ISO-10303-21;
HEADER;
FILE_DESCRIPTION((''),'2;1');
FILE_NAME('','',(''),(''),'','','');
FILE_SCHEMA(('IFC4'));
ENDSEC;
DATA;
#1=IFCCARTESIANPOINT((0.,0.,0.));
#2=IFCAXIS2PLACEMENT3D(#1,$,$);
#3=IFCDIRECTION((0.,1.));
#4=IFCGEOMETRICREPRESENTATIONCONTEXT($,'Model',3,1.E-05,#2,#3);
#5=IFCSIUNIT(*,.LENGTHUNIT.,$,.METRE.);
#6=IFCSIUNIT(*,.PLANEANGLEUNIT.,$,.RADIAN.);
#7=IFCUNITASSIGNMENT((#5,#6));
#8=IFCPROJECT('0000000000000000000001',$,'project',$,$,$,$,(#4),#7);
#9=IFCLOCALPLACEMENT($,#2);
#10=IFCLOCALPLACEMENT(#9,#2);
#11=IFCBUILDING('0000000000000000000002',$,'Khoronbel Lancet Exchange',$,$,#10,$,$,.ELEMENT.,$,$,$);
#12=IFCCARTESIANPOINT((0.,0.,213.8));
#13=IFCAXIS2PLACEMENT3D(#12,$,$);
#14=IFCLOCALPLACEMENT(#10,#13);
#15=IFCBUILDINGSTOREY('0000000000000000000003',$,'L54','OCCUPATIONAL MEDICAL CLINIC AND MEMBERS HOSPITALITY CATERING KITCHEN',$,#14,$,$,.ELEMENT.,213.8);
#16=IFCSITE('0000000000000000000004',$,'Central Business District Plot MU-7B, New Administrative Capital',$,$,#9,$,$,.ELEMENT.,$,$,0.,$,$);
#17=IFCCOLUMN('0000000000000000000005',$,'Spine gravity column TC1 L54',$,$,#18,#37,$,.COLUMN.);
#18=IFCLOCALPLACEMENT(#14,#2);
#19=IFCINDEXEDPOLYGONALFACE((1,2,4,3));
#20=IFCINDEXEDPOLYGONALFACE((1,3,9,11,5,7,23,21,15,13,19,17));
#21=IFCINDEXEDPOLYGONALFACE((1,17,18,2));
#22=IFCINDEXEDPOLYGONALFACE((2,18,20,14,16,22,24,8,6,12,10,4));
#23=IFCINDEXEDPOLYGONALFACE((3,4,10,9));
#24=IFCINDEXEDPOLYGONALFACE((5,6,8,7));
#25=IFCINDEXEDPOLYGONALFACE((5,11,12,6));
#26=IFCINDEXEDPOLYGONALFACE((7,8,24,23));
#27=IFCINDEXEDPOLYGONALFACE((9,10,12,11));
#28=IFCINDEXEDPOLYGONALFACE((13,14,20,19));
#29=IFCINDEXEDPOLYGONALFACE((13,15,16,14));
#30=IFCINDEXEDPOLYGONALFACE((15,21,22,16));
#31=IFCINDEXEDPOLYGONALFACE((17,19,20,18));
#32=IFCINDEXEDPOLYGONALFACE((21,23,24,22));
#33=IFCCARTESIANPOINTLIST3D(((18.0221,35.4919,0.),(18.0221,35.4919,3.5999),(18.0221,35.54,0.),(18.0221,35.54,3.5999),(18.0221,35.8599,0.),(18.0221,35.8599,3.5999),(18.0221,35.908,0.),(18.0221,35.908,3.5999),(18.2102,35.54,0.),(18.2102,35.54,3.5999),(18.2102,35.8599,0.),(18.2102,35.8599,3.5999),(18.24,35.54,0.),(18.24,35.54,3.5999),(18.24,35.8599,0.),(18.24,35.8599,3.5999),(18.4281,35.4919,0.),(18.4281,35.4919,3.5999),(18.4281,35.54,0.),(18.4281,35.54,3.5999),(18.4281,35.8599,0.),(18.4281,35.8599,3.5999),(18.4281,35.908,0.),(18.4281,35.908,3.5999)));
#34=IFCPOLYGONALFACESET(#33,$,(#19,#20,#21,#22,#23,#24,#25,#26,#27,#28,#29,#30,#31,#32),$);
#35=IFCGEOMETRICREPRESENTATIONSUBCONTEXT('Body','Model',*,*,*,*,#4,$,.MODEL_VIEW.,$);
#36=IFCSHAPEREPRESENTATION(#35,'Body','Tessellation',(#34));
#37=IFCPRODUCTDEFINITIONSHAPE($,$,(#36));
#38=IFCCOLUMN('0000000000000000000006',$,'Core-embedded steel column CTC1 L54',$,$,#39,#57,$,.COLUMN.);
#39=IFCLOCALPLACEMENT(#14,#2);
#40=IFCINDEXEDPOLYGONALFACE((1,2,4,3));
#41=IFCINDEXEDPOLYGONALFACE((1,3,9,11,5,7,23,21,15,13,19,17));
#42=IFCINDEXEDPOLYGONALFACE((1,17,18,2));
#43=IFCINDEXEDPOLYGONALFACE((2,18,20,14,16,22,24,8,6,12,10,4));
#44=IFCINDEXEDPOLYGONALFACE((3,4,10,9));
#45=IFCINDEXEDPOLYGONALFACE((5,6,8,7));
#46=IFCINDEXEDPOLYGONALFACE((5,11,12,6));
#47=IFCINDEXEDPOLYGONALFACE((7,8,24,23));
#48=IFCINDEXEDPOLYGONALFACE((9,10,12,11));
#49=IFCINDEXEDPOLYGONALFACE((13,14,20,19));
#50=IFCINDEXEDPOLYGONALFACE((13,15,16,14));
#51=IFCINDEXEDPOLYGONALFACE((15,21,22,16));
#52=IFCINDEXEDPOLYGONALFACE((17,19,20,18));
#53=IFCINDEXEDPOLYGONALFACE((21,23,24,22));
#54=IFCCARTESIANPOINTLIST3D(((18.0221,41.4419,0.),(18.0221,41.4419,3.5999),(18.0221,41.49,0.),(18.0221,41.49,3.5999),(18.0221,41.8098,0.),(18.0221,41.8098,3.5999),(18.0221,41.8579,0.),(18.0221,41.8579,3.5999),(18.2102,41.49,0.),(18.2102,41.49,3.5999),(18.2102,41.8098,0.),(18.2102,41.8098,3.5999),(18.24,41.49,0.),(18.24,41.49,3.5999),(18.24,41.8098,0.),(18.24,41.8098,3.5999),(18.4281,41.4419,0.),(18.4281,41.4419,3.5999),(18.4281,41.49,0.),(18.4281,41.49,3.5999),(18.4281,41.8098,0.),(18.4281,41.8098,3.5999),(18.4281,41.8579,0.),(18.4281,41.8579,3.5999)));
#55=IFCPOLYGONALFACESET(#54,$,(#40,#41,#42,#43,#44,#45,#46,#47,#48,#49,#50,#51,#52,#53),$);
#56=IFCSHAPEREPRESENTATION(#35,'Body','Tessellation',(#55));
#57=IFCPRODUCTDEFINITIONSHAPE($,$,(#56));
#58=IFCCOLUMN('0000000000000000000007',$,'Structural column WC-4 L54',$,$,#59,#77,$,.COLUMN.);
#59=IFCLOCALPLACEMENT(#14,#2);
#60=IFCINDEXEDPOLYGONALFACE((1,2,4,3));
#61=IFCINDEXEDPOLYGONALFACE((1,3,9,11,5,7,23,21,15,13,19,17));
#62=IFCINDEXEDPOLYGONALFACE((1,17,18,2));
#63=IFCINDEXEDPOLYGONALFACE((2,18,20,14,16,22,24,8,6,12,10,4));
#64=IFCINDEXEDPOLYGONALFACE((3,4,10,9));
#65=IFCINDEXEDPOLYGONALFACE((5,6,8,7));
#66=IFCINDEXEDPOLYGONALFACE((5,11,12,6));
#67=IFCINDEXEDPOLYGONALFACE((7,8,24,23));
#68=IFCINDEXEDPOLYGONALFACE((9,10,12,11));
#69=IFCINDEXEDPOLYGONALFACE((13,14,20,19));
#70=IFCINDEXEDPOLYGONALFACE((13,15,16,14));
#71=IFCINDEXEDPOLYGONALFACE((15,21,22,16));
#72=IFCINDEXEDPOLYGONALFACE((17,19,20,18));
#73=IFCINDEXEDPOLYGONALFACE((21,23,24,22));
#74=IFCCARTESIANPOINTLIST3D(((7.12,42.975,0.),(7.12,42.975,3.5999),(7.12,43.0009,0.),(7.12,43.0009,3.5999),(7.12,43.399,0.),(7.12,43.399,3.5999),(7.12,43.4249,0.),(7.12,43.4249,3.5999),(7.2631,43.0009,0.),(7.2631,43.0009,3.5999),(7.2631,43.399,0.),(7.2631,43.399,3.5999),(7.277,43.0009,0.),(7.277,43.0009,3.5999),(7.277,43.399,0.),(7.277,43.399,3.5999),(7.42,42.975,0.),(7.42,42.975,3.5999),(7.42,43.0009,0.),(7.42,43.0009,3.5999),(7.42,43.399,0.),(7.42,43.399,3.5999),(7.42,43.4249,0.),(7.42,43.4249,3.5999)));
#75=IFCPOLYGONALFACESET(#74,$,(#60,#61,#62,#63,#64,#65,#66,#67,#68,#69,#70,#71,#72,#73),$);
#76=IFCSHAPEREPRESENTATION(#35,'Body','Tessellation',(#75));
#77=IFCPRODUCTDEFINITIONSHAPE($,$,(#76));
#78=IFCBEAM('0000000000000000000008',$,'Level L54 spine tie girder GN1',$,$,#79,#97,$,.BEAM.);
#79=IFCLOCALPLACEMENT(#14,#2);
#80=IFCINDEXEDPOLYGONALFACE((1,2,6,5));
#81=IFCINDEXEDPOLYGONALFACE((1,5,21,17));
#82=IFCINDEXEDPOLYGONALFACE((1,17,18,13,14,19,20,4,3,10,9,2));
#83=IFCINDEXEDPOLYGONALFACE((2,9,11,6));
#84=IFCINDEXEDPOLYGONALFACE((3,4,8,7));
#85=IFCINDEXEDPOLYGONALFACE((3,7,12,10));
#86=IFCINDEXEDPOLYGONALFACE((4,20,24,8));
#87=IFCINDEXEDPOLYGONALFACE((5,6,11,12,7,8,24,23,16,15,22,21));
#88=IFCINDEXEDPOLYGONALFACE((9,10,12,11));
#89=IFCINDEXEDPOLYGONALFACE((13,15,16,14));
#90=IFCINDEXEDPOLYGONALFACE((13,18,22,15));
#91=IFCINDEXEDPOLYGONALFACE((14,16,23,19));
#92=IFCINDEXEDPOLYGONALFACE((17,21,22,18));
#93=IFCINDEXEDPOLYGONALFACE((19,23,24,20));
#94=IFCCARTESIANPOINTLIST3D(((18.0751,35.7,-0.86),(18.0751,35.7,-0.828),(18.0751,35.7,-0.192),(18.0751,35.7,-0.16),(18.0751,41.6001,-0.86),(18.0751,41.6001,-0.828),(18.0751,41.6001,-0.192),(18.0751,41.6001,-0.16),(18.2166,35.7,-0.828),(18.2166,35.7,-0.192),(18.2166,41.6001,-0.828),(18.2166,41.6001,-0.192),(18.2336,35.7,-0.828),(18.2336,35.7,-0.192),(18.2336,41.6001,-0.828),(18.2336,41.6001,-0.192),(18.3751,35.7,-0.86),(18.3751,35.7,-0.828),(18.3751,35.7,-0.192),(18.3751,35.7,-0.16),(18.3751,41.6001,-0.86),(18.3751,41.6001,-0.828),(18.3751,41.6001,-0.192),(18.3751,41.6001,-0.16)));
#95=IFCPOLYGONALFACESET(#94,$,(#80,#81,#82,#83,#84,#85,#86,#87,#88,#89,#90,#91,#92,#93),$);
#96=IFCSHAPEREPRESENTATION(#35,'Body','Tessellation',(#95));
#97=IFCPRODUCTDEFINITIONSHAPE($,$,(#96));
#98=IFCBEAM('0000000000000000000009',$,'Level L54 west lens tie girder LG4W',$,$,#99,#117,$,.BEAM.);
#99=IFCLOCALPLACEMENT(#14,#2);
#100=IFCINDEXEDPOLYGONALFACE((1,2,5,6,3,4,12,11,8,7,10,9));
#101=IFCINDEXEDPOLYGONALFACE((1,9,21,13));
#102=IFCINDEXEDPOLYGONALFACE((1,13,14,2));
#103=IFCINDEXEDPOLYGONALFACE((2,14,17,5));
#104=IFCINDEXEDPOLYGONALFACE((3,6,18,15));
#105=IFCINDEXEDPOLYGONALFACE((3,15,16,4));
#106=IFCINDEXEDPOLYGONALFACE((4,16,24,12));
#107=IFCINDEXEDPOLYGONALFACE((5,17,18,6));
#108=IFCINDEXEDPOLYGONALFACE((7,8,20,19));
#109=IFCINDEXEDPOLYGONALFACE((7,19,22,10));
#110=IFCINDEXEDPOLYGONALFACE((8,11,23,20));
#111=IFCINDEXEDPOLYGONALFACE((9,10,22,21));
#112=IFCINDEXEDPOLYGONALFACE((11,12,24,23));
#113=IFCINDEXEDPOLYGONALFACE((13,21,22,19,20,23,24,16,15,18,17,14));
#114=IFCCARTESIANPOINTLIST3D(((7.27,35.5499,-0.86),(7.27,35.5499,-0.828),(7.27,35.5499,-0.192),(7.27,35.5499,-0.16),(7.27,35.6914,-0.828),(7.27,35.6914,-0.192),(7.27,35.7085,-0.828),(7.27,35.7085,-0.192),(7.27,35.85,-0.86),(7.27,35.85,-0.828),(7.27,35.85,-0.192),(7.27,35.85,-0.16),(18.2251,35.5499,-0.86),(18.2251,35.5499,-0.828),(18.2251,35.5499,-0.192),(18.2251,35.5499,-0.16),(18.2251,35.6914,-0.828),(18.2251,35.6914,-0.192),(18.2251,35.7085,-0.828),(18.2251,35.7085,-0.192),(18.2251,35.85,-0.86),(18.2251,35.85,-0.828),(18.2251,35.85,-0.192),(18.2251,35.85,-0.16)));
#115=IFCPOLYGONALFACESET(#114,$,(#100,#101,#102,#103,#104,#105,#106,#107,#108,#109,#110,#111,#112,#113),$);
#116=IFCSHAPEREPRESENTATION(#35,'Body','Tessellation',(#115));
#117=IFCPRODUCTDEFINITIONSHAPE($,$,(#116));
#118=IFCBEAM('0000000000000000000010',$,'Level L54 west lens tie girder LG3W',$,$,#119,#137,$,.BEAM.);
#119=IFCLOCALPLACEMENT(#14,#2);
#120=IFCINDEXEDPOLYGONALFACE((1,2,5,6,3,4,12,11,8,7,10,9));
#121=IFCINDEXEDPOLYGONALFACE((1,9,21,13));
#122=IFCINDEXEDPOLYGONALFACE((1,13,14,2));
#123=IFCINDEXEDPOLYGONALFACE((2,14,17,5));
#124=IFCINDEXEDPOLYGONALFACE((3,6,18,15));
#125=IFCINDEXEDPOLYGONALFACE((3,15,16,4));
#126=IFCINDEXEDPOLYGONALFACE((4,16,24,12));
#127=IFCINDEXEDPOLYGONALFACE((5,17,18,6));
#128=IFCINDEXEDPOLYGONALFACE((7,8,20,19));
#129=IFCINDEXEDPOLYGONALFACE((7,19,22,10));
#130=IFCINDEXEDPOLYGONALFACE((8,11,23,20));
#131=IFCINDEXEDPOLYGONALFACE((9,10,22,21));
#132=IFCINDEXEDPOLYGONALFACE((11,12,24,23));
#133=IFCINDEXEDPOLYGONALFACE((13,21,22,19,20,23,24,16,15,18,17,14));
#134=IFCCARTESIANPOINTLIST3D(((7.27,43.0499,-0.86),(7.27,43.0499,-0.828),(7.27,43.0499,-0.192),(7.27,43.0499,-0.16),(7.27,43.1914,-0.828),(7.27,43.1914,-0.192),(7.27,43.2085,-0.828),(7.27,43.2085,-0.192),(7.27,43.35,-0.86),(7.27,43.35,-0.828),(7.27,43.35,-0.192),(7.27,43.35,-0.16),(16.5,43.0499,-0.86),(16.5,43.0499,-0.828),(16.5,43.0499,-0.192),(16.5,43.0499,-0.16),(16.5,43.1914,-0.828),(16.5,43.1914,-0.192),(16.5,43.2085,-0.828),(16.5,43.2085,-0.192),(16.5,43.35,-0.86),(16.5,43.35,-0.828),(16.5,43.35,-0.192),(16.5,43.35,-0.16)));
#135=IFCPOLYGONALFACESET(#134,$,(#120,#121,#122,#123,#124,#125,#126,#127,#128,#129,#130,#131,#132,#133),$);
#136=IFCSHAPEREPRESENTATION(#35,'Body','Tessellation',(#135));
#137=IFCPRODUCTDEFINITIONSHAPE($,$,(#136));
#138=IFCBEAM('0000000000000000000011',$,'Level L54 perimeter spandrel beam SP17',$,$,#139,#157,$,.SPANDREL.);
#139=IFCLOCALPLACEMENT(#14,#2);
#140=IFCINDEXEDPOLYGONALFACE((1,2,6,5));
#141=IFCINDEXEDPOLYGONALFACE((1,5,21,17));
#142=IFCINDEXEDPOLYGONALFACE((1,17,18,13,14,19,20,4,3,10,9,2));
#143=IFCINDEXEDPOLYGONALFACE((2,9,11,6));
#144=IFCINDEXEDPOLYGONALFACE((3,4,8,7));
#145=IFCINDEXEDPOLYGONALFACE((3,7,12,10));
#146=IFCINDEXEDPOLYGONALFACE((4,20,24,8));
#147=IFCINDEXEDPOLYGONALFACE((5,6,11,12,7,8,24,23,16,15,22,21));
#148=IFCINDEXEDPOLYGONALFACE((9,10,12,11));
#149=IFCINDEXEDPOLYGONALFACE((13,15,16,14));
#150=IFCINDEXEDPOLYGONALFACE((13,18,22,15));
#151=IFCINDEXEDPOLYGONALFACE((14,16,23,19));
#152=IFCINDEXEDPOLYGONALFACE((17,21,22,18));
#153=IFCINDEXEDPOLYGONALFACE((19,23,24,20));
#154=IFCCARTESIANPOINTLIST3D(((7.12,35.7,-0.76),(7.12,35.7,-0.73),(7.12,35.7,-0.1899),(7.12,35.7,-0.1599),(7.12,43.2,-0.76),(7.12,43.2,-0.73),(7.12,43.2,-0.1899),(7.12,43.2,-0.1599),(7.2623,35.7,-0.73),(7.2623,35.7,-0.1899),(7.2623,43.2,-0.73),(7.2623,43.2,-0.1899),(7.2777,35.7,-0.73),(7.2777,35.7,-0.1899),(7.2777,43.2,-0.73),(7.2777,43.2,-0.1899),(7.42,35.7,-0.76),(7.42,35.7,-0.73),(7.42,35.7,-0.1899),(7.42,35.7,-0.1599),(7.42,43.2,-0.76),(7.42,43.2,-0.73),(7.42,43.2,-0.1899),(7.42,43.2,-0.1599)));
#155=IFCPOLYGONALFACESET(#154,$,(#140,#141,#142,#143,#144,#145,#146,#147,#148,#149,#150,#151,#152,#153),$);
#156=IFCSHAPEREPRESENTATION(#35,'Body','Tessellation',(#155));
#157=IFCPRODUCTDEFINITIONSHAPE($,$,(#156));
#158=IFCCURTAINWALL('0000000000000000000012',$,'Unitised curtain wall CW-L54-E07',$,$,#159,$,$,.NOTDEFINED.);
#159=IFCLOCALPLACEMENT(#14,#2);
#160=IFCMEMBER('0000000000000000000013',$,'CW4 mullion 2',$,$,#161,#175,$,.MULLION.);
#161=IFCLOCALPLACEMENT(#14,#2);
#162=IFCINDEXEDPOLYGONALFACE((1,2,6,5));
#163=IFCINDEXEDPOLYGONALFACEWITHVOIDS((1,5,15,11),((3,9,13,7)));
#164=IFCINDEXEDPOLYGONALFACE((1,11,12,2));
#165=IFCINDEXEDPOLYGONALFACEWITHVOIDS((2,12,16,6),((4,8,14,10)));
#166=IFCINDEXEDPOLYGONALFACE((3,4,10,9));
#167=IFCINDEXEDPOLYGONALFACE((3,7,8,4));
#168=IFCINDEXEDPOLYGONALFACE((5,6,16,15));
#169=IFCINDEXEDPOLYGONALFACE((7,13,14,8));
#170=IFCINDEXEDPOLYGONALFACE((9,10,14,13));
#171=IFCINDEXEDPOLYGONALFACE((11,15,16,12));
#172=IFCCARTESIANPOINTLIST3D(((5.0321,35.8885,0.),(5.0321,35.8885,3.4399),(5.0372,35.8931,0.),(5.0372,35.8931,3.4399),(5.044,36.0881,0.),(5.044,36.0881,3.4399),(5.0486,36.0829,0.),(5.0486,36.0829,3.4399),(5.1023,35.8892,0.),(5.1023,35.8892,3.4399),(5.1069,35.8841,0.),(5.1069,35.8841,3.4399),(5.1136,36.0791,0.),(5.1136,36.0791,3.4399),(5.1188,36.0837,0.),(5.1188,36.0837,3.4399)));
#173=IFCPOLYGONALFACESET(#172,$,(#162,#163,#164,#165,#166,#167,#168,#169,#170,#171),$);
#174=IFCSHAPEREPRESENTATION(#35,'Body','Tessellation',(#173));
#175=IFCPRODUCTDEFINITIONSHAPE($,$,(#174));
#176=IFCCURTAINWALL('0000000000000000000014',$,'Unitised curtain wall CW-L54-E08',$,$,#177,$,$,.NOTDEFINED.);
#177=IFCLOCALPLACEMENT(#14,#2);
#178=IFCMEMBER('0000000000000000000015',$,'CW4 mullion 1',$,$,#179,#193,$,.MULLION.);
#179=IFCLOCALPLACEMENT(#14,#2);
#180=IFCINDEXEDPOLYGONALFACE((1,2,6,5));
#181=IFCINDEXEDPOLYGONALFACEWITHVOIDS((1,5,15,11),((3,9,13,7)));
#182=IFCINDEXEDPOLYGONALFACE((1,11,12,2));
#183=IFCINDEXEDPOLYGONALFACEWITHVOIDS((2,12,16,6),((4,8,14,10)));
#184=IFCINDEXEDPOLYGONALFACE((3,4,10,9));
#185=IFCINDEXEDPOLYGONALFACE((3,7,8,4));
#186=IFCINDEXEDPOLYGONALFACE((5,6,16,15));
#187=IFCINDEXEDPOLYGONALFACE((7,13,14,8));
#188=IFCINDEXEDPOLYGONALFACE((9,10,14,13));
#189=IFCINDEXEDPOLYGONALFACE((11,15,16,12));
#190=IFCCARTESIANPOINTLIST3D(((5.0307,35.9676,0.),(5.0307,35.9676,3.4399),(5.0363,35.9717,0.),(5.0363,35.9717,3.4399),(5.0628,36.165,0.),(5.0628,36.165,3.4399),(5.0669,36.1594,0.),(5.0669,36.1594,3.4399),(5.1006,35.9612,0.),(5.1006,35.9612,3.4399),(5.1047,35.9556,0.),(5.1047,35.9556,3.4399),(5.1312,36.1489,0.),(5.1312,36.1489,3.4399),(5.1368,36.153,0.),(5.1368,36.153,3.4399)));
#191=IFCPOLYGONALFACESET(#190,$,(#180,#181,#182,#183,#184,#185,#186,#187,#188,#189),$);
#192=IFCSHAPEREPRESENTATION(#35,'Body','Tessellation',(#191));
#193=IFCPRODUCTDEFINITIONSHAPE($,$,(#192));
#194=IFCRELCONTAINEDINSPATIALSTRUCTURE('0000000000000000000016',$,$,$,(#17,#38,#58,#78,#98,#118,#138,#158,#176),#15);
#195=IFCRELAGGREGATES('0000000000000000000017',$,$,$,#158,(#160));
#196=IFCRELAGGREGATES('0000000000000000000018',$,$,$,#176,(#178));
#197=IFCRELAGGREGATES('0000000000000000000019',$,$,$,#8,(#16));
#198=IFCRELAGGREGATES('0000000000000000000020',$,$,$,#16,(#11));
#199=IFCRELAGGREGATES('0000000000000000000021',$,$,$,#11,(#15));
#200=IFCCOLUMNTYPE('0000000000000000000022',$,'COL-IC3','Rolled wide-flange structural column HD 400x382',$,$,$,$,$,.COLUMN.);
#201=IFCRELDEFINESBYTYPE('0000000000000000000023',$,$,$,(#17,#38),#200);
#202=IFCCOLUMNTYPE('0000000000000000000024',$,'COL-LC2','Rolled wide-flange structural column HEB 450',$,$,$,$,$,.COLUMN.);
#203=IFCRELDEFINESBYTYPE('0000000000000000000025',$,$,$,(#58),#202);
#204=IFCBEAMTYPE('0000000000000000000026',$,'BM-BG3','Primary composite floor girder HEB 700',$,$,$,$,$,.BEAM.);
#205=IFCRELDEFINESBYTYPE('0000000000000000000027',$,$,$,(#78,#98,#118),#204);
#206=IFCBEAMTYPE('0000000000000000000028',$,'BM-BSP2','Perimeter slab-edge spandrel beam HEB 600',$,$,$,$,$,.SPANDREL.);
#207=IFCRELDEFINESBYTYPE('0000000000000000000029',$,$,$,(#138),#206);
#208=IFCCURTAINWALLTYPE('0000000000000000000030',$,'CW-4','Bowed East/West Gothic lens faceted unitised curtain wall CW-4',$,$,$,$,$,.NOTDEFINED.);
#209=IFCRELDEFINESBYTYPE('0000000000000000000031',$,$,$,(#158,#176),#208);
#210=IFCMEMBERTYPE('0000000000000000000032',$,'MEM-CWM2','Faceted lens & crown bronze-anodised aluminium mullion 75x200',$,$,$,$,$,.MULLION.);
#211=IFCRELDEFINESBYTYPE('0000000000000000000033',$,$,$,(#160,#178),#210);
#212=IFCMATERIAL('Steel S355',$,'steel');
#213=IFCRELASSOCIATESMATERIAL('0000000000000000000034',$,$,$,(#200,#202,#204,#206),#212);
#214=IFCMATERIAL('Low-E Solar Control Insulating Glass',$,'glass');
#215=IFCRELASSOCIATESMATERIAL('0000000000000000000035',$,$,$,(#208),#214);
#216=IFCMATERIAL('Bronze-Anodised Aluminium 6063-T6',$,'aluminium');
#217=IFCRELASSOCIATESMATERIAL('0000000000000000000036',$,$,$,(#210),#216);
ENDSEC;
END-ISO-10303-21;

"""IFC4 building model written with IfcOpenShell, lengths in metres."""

from ifc_helpers import new_model, si_unit, direction, frame, origin, origin_2d, place, context, subcontext, project, spatial, hollow_rectangle, i_section, extrude, material, material_profile, profile_set, type_object, element, aggregate, save


model = new_model("IFC4")

# Units and contexts
model_context = context("Model", 3, precision=1e-05, world=origin(), true_north=direction((0.0, 1.0)))
body_context = subcontext(model_context, "Body", "Model", "MODEL_VIEW")
ifc_project = project(units=[si_unit("LENGTHUNIT", "METRE"), si_unit("PLANEANGLEUNIT", "RADIAN")], contexts=[model_context])

# Site, building, storey
site_placement = place(None, origin())
site = spatial("IfcSite", under=ifc_project, at=site_placement, Name="Central Business District Plot MU-7B, New Administrative Capital", CompositionType="ELEMENT", RefElevation=0.0)
building_placement = place(site_placement, origin())
building = spatial("IfcBuilding", under=site, at=building_placement, Name="Khoronbel Lancet Exchange", CompositionType="ELEMENT")
storey_placement = place(building_placement, frame((0.0, 0.0, 213.8)))
storey = spatial("IfcBuildingStorey", under=building, at=storey_placement, Name="L54", Description="OCCUPATIONAL MEDICAL CLINIC AND MEMBERS HOSPITALITY CATERING KITCHEN", CompositionType="ELEMENT", Elevation=213.8)

# Columns
ifc_material_1 = material(Name="Steel S355", Category="steel")
ifc_material_profile_1 = material_profile(ifc_material_1, i_section(OverallWidth=0.406, OverallDepth=0.416, WebThickness=0.0298, FlangeThickness=0.0481, at=origin_2d()), Name="HD 400x382")
ifc_profile_set_1 = profile_set([ifc_material_profile_1], Name="Steel S355")
column_type_1 = type_object("IfcColumnType", Name="COL-IC3", Description="Rolled wide-flange structural column HD 400x382", PredefinedType="COLUMN", material=ifc_profile_set_1)
for number, where, z_axis, x_axis, name in (
    (1, (18.2251, 35.7, 0.0), (0.0, 0.0, 1.0), (1.0, 0.0, 0.0), "Spine gravity column TC1 L54"),
    (2, (18.2251, 41.6499, 0.0), (0.0, 0.0, 1.0), (1.0, 0.0, 0.0), "Core-embedded steel column CTC1 L54"),
):
    element("IfcColumn", number, at=place(storey_placement, frame(where, z_axis=z_axis, x_axis=x_axis)), inside=storey, type_object=column_type_1, Name=name, PredefinedType="COLUMN", context=body_context, shape_type="SweptSolid", body=[
        extrude(i_section(OverallWidth=0.406, OverallDepth=0.416, WebThickness=0.0298, FlangeThickness=0.0481, at=origin_2d()), origin(), (0.0, 0.0, 1.0), 3.5999),
    ])
ifc_material_profile_2 = material_profile(ifc_material_1, i_section(OverallWidth=0.3, OverallDepth=0.45, WebThickness=0.0139, FlangeThickness=0.0259, at=origin_2d()), Name="HEB 450")
ifc_profile_set_2 = profile_set([ifc_material_profile_2], Name="Steel S355")
column_type_2 = type_object("IfcColumnType", Name="COL-LC2", Description="Rolled wide-flange structural column HEB 450", PredefinedType="COLUMN", material=ifc_profile_set_2)
column_placement = place(storey_placement, frame((7.27, 43.2, 0.0), z_axis=(0.0, 0.0, 1.0), x_axis=(1.0, 0.0, 0.0)))
element("IfcColumn", 3, at=column_placement, inside=storey, type_object=column_type_2, Name="Structural column WC-4 L54", PredefinedType="COLUMN", context=body_context, shape_type="SweptSolid", body=[
    extrude(i_section(OverallWidth=0.3, OverallDepth=0.45, WebThickness=0.0139, FlangeThickness=0.0259, at=origin_2d()), origin(), (0.0, 0.0, 1.0), 3.5999),
])

# Beams
ifc_material_profile_3 = material_profile(ifc_material_1, i_section(OverallWidth=0.3, OverallDepth=0.7, WebThickness=0.0171, FlangeThickness=0.032, at=origin_2d()), Name="HEB 700")
ifc_profile_set_3 = profile_set([ifc_material_profile_3], Name="Steel S355")
beam_type_1 = type_object("IfcBeamType", Name="BM-BG3", Description="Primary composite floor girder HEB 700", PredefinedType="BEAM", material=ifc_profile_set_3)
beam_1_placement = place(storey_placement, frame((18.2251, 35.7, -0.51), z_axis=(0.0, 1.0, 0.0), x_axis=(-1.0, 0.0, 0.0)))
element("IfcBeam", 4, at=beam_1_placement, inside=storey, type_object=beam_type_1, Name="Level L54 spine tie girder GN1", PredefinedType="BEAM", context=body_context, shape_type="SweptSolid", body=[
    extrude(i_section(OverallWidth=0.3, OverallDepth=0.7, WebThickness=0.0171, FlangeThickness=0.032, at=origin_2d()), origin(), (0.0, 0.0, 1.0), 5.9001),
])
beam_2_placement = place(storey_placement, frame((7.27, 35.7, -0.51), z_axis=(1.0, 0.0, 0.0), x_axis=(0.0, 1.0, 0.0)))
element("IfcBeam", 5, at=beam_2_placement, inside=storey, type_object=beam_type_1, Name="Level L54 west lens tie girder LG4W", PredefinedType="BEAM", context=body_context, shape_type="SweptSolid", body=[
    extrude(i_section(OverallWidth=0.3, OverallDepth=0.7, WebThickness=0.0171, FlangeThickness=0.032, at=origin_2d()), origin(), (0.0, 0.0, 1.0), 10.9551),
])
beam_3_placement = place(storey_placement, frame((7.27, 43.2, -0.51), z_axis=(1.0, 0.0, 0.0), x_axis=(0.0, 1.0, 0.0)))
element("IfcBeam", 6, at=beam_3_placement, inside=storey, type_object=beam_type_1, Name="Level L54 west lens tie girder LG3W", PredefinedType="BEAM", context=body_context, shape_type="SweptSolid", body=[
    extrude(i_section(OverallWidth=0.3, OverallDepth=0.7, WebThickness=0.0171, FlangeThickness=0.032, at=origin_2d()), origin(), (0.0, 0.0, 1.0), 9.23),
])
ifc_material_profile_4 = material_profile(ifc_material_1, i_section(OverallWidth=0.3, OverallDepth=0.6001, WebThickness=0.0154, FlangeThickness=0.03, at=origin_2d()), Name="HEB 600")
ifc_profile_set_4 = profile_set([ifc_material_profile_4], Name="Steel S355")
beam_type_2 = type_object("IfcBeamType", Name="BM-BSP2", Description="Perimeter slab-edge spandrel beam HEB 600", PredefinedType="SPANDREL", material=ifc_profile_set_4)
beam_4_placement = place(storey_placement, frame((7.27, 43.2, -0.46), z_axis=(0.0, -1.0, 0.0), x_axis=(1.0, 0.0, 0.0)))
element("IfcBeam", 7, at=beam_4_placement, inside=storey, type_object=beam_type_2, Name="Level L54 perimeter spandrel beam SP17", PredefinedType="SPANDREL", context=body_context, shape_type="SweptSolid", body=[
    extrude(i_section(OverallWidth=0.3, OverallDepth=0.6001, WebThickness=0.0154, FlangeThickness=0.03, at=origin_2d()), origin(), (0.0, 0.0, 1.0), 7.5),
])

# Curtain wall, member
ifc_material_2 = material(Name="Low-E Solar Control Insulating Glass", Category="glass")
curtain_wall_type = type_object("IfcCurtainWallType", Name="CW-4", Description="Bowed East/West Gothic lens faceted unitised curtain wall CW-4", PredefinedType="NOTDEFINED", material=ifc_material_2)
curtain_wall_1_placement = place(storey_placement, origin())
curtain_wall_1 = element("IfcCurtainWall", 8, at=curtain_wall_1_placement, inside=storey, type_object=curtain_wall_type, Name="Unitised curtain wall CW-L54-E07", PredefinedType="NOTDEFINED")
ifc_material_3 = material(Name="Bronze-Anodised Aluminium 6063-T6", Category="aluminium")
ifc_material_profile_5 = material_profile(ifc_material_3, hollow_rectangle(XDim=0.075, YDim=0.2, WallThickness=0.0049, at=origin_2d()), Name="ALU MULLION 75x200")
ifc_profile_set_5 = profile_set([ifc_material_profile_5], Name="Bronze-Anodised Aluminium 6063-T6")
member_type_1 = type_object("IfcMemberType", Name="MEM-CWM2", Description="Faceted lens & crown bronze-anodised aluminium mullion 75x200", PredefinedType="MULLION", material=ifc_profile_set_5)
member_1_placement = place(storey_placement, frame((5.0754, 35.9861, 0.0), z_axis=(0.0, 0.0, 1.0), x_axis=(-0.99823, 0.059479, 0.0)))
member_1 = element("IfcMember", 9, at=member_1_placement, type_object=member_type_1, Name="CW4 mullion 2", PredefinedType="MULLION", context=body_context, shape_type="SweptSolid", body=[
    extrude(hollow_rectangle(XDim=0.075, YDim=0.2, WallThickness=0.0049, at=origin_2d()), origin(), (0.0, 0.0, 1.0), 3.4399),
])
aggregate(curtain_wall_1, [member_1])

# Curtain wall, member
curtain_wall_2_placement = place(storey_placement, origin())
curtain_wall_2 = element("IfcCurtainWall", 10, at=curtain_wall_2_placement, inside=storey, type_object=curtain_wall_type, Name="Unitised curtain wall CW-L54-E08", PredefinedType="NOTDEFINED")
member_2_placement = place(storey_placement, frame((5.0837, 36.0603, 0.0), z_axis=(0.0, 0.0, 1.0), x_axis=(-0.987003, 0.1607, 0.0)))
member_2 = element("IfcMember", 11, at=member_2_placement, type_object=member_type_1, Name="CW4 mullion 1", PredefinedType="MULLION", context=body_context, shape_type="SweptSolid", body=[
    extrude(hollow_rectangle(XDim=0.075, YDim=0.2, WallThickness=0.0049, at=origin_2d()), origin(), (0.0, 0.0, 1.0), 3.4399),
])

aggregate(curtain_wall_2, [member_2])

save(model, "model.ifc")
